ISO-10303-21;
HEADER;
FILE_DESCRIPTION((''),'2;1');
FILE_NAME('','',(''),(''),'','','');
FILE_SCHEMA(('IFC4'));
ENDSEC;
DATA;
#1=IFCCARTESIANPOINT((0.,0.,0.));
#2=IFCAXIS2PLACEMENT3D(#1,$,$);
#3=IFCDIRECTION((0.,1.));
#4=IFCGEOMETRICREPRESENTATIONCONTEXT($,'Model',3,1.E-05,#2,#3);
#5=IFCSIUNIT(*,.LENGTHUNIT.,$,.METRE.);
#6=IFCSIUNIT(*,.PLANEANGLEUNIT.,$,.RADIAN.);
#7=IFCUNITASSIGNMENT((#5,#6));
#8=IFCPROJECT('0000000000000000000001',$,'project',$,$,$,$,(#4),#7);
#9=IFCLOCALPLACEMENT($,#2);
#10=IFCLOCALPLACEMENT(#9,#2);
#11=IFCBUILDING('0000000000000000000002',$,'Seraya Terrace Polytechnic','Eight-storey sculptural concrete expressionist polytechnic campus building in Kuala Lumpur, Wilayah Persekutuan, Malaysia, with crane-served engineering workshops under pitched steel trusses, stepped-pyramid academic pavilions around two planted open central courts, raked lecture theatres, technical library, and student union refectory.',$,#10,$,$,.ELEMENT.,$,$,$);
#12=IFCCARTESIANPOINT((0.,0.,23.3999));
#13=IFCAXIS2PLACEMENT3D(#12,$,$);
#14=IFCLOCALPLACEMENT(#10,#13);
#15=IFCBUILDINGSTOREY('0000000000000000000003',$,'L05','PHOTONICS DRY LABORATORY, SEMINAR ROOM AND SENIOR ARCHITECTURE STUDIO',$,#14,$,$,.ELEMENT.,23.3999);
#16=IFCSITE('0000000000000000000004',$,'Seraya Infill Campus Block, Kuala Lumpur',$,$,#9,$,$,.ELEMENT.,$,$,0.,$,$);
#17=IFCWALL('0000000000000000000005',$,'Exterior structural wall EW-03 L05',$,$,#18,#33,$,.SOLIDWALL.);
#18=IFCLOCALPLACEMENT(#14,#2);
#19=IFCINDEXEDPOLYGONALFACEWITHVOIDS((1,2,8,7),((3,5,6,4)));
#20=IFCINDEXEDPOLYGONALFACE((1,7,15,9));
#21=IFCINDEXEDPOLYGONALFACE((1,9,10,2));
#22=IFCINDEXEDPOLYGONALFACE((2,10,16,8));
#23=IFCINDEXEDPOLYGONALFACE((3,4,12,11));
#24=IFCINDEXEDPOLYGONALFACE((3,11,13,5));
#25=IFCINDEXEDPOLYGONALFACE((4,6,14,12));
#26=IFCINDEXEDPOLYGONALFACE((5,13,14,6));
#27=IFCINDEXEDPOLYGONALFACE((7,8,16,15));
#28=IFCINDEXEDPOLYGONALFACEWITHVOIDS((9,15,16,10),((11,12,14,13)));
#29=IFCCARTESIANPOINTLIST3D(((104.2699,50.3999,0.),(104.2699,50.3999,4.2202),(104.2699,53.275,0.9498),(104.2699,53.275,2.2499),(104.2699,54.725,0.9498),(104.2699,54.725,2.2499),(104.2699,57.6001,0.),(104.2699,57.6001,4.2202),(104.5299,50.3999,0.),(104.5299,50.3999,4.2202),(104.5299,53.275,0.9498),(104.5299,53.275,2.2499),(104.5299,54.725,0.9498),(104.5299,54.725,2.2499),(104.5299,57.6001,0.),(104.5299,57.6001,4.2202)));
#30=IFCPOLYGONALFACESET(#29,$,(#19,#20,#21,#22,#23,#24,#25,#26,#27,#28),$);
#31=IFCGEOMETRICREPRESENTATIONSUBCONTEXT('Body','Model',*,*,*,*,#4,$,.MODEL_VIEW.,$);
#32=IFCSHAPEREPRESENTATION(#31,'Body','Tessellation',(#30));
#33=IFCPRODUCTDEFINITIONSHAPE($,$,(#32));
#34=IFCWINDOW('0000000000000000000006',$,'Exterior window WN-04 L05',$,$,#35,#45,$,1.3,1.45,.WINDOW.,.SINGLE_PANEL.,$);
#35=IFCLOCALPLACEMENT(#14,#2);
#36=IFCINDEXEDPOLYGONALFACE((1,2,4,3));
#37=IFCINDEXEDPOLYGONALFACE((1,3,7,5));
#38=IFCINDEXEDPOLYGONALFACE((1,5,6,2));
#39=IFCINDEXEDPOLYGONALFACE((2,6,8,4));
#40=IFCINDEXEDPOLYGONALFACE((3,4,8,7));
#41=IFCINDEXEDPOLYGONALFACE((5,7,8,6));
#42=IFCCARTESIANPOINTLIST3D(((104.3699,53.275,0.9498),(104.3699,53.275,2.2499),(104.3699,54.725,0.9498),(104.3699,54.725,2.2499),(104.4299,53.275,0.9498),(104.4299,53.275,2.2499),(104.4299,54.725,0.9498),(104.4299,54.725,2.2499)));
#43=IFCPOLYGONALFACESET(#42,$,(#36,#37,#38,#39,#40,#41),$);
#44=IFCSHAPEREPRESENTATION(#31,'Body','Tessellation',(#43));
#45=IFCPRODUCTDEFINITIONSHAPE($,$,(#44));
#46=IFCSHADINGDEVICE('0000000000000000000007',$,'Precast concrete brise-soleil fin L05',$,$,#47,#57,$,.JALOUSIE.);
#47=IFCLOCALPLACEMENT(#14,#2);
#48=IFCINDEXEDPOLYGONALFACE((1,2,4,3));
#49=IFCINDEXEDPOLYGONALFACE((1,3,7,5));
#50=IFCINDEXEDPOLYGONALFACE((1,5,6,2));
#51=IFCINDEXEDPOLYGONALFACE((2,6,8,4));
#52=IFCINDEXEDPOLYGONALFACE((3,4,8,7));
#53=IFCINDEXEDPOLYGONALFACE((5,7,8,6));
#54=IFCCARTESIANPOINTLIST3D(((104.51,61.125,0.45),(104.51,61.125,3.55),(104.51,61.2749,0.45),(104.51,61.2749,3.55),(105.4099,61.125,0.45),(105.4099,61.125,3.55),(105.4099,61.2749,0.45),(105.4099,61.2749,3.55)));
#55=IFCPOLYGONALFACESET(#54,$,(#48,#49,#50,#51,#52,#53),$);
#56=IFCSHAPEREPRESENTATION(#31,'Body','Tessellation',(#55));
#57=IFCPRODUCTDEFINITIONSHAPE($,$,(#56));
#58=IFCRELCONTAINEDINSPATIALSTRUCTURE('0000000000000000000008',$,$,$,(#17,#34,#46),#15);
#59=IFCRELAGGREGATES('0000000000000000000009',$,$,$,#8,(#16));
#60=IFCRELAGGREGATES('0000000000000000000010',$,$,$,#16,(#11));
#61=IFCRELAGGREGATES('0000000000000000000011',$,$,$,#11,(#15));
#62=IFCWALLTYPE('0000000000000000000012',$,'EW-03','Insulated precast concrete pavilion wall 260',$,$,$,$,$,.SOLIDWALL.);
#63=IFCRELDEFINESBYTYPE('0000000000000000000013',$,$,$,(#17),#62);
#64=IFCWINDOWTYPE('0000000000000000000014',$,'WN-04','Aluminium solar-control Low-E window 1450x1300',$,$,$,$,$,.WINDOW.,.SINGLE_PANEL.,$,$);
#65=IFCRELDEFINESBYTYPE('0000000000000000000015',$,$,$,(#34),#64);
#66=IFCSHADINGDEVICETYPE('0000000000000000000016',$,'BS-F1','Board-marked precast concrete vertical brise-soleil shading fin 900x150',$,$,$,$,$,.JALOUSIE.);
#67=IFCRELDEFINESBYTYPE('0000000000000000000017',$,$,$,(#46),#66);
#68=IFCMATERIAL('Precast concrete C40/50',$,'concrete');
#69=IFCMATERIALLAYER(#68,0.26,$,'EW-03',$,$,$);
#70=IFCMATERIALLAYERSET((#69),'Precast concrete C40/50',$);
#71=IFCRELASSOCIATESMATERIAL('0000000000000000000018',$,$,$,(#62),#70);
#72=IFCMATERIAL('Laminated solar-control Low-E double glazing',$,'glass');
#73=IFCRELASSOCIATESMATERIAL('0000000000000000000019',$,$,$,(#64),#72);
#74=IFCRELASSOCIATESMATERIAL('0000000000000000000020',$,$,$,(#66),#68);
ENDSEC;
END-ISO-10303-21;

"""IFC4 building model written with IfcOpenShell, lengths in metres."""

from ifc_helpers import new_model, si_unit, direction, frame, frame_2d, origin, origin_2d, place, context, subcontext, project, spatial, rectangle, extrude, material, layer, layer_set, type_object, element, fill, save


model = new_model("IFC4")

# Units and contexts
model_context = context("Model", 3, precision=1e-05, world=origin(), true_north=direction((0.0, 1.0)))
body_context = subcontext(model_context, "Body", "Model", "MODEL_VIEW")
ifc_project = project(units=[si_unit("LENGTHUNIT", "METRE"), si_unit("PLANEANGLEUNIT", "RADIAN")], contexts=[model_context])

# Site, building, storey
site_placement = place(None, origin())
site = spatial("IfcSite", under=ifc_project, at=site_placement, Name="Seraya Infill Campus Block, Kuala Lumpur", CompositionType="ELEMENT", RefElevation=0.0)
building_placement = place(site_placement, origin())
building = spatial("IfcBuilding", under=site, at=building_placement, Name="Seraya Terrace Polytechnic", Description="Eight-storey sculptural concrete expressionist polytechnic campus building in Kuala Lumpur, Wilayah Persekutuan, Malaysia, with crane-served engineering workshops under pitched steel trusses, stepped-pyramid academic pavilions around two planted open central courts, raked lecture theatres, technical library, and student union refectory.", CompositionType="ELEMENT")
storey_placement = place(building_placement, frame((0.0, 0.0, 23.3999)))
storey = spatial("IfcBuildingStorey", under=building, at=storey_placement, Name="L05", Description="PHOTONICS DRY LABORATORY, SEMINAR ROOM AND SENIOR ARCHITECTURE STUDIO", CompositionType="ELEMENT", Elevation=23.3999)

# Shared definitions
ifc_material_1 = material(Name="Precast concrete C40/50", Category="concrete")
ifc_layer = layer(ifc_material_1, 0.26, Name="EW-03")
ifc_layer_set = layer_set([ifc_layer], Name="Precast concrete C40/50")
wall_type = type_object("IfcWallType", Name="EW-03", Description="Insulated precast concrete pavilion wall 260", PredefinedType="SOLIDWALL", material=ifc_layer_set)

# Wall, opening, window
ifc_material_2 = material(Name="Laminated solar-control Low-E double glazing", Category="glass")
wall_1_placement = place(storey_placement, frame((104.3999, 57.6001, 0.0), z_axis=(0.0, 0.0, 1.0), x_axis=(0.0, -1.0, 0.0)))
wall_1 = element("IfcWall", 1, at=wall_1_placement, inside=storey, type_object=wall_type, Name="Exterior structural wall EW-03 L05", PredefinedType="SOLIDWALL", context=body_context, shape_type="SweptSolid", body=[
    extrude(rectangle(XDim=7.2002, YDim=0.26, at=frame_2d((3.6001, 0.0))), origin(), (0.0, 0.0, 1.0), 4.2202),
])
opening_1_placement = place(wall_1_placement, frame((2.875, 0.0, 0.95)))
opening_1 = element("IfcOpeningElement", 2, at=opening_1_placement, cuts=wall_1, PredefinedType="OPENING", context=body_context, shape_type="SweptSolid", body=[
    extrude(rectangle(XDim=1.45, YDim=1.3, at=frame_2d((0.7251, 0.6499))), frame((0.0, 0.1421, 0.0), z_axis=(0.0, -1.0, 0.0), x_axis=(1.0, 0.0, 0.0)), (0.0, 0.0, 1.0), 0.2839),
])
window_type_1 = type_object("IfcWindowType", Name="WN-04", Description="Aluminium solar-control Low-E window 1450x1300", PartitioningType="SINGLE_PANEL", PredefinedType="WINDOW", material=ifc_material_2)
window_1_placement = place(opening_1_placement, origin())
window_1 = element("IfcWindow", 3, at=window_1_placement, inside=storey, type_object=window_type_1, Name="Exterior window WN-04 L05", OverallHeight=1.3, OverallWidth=1.45, PartitioningType="SINGLE_PANEL", PredefinedType="WINDOW", context=body_context, shape_type="SweptSolid", body=[
    extrude(rectangle(XDim=1.45, YDim=1.3, at=frame_2d((0.7251, 0.6499))), frame((0.0, 0.03, 0.0), z_axis=(0.0, -1.0, 0.0), x_axis=(1.0, 0.0, 0.0)), (0.0, 0.0, 1.0), 0.0601),
])
fill(opening_1, window_1)

# Shading device
shading_device_type = type_object("IfcShadingDeviceType", Name="BS-F1", Description="Board-marked precast concrete vertical brise-soleil shading fin 900x150", PredefinedType="JALOUSIE", material=ifc_material_1)
shading_device_placement = place(storey_placement, frame((104.96, 61.2, 0.45), z_axis=(0.0, 0.0, 1.0), x_axis=(1.0, 0.0, 0.0)))
element("IfcShadingDevice", 4, at=shading_device_placement, inside=storey, type_object=shading_device_type, Name="Precast concrete brise-soleil fin L05", PredefinedType="JALOUSIE", context=body_context, shape_type="SweptSolid", body=[
    extrude(rectangle(XDim=0.8999, YDim=0.1499, at=origin_2d()), origin(), (0.0, 0.0, 1.0), 3.1001),
])

save(model, "model.ifc")
